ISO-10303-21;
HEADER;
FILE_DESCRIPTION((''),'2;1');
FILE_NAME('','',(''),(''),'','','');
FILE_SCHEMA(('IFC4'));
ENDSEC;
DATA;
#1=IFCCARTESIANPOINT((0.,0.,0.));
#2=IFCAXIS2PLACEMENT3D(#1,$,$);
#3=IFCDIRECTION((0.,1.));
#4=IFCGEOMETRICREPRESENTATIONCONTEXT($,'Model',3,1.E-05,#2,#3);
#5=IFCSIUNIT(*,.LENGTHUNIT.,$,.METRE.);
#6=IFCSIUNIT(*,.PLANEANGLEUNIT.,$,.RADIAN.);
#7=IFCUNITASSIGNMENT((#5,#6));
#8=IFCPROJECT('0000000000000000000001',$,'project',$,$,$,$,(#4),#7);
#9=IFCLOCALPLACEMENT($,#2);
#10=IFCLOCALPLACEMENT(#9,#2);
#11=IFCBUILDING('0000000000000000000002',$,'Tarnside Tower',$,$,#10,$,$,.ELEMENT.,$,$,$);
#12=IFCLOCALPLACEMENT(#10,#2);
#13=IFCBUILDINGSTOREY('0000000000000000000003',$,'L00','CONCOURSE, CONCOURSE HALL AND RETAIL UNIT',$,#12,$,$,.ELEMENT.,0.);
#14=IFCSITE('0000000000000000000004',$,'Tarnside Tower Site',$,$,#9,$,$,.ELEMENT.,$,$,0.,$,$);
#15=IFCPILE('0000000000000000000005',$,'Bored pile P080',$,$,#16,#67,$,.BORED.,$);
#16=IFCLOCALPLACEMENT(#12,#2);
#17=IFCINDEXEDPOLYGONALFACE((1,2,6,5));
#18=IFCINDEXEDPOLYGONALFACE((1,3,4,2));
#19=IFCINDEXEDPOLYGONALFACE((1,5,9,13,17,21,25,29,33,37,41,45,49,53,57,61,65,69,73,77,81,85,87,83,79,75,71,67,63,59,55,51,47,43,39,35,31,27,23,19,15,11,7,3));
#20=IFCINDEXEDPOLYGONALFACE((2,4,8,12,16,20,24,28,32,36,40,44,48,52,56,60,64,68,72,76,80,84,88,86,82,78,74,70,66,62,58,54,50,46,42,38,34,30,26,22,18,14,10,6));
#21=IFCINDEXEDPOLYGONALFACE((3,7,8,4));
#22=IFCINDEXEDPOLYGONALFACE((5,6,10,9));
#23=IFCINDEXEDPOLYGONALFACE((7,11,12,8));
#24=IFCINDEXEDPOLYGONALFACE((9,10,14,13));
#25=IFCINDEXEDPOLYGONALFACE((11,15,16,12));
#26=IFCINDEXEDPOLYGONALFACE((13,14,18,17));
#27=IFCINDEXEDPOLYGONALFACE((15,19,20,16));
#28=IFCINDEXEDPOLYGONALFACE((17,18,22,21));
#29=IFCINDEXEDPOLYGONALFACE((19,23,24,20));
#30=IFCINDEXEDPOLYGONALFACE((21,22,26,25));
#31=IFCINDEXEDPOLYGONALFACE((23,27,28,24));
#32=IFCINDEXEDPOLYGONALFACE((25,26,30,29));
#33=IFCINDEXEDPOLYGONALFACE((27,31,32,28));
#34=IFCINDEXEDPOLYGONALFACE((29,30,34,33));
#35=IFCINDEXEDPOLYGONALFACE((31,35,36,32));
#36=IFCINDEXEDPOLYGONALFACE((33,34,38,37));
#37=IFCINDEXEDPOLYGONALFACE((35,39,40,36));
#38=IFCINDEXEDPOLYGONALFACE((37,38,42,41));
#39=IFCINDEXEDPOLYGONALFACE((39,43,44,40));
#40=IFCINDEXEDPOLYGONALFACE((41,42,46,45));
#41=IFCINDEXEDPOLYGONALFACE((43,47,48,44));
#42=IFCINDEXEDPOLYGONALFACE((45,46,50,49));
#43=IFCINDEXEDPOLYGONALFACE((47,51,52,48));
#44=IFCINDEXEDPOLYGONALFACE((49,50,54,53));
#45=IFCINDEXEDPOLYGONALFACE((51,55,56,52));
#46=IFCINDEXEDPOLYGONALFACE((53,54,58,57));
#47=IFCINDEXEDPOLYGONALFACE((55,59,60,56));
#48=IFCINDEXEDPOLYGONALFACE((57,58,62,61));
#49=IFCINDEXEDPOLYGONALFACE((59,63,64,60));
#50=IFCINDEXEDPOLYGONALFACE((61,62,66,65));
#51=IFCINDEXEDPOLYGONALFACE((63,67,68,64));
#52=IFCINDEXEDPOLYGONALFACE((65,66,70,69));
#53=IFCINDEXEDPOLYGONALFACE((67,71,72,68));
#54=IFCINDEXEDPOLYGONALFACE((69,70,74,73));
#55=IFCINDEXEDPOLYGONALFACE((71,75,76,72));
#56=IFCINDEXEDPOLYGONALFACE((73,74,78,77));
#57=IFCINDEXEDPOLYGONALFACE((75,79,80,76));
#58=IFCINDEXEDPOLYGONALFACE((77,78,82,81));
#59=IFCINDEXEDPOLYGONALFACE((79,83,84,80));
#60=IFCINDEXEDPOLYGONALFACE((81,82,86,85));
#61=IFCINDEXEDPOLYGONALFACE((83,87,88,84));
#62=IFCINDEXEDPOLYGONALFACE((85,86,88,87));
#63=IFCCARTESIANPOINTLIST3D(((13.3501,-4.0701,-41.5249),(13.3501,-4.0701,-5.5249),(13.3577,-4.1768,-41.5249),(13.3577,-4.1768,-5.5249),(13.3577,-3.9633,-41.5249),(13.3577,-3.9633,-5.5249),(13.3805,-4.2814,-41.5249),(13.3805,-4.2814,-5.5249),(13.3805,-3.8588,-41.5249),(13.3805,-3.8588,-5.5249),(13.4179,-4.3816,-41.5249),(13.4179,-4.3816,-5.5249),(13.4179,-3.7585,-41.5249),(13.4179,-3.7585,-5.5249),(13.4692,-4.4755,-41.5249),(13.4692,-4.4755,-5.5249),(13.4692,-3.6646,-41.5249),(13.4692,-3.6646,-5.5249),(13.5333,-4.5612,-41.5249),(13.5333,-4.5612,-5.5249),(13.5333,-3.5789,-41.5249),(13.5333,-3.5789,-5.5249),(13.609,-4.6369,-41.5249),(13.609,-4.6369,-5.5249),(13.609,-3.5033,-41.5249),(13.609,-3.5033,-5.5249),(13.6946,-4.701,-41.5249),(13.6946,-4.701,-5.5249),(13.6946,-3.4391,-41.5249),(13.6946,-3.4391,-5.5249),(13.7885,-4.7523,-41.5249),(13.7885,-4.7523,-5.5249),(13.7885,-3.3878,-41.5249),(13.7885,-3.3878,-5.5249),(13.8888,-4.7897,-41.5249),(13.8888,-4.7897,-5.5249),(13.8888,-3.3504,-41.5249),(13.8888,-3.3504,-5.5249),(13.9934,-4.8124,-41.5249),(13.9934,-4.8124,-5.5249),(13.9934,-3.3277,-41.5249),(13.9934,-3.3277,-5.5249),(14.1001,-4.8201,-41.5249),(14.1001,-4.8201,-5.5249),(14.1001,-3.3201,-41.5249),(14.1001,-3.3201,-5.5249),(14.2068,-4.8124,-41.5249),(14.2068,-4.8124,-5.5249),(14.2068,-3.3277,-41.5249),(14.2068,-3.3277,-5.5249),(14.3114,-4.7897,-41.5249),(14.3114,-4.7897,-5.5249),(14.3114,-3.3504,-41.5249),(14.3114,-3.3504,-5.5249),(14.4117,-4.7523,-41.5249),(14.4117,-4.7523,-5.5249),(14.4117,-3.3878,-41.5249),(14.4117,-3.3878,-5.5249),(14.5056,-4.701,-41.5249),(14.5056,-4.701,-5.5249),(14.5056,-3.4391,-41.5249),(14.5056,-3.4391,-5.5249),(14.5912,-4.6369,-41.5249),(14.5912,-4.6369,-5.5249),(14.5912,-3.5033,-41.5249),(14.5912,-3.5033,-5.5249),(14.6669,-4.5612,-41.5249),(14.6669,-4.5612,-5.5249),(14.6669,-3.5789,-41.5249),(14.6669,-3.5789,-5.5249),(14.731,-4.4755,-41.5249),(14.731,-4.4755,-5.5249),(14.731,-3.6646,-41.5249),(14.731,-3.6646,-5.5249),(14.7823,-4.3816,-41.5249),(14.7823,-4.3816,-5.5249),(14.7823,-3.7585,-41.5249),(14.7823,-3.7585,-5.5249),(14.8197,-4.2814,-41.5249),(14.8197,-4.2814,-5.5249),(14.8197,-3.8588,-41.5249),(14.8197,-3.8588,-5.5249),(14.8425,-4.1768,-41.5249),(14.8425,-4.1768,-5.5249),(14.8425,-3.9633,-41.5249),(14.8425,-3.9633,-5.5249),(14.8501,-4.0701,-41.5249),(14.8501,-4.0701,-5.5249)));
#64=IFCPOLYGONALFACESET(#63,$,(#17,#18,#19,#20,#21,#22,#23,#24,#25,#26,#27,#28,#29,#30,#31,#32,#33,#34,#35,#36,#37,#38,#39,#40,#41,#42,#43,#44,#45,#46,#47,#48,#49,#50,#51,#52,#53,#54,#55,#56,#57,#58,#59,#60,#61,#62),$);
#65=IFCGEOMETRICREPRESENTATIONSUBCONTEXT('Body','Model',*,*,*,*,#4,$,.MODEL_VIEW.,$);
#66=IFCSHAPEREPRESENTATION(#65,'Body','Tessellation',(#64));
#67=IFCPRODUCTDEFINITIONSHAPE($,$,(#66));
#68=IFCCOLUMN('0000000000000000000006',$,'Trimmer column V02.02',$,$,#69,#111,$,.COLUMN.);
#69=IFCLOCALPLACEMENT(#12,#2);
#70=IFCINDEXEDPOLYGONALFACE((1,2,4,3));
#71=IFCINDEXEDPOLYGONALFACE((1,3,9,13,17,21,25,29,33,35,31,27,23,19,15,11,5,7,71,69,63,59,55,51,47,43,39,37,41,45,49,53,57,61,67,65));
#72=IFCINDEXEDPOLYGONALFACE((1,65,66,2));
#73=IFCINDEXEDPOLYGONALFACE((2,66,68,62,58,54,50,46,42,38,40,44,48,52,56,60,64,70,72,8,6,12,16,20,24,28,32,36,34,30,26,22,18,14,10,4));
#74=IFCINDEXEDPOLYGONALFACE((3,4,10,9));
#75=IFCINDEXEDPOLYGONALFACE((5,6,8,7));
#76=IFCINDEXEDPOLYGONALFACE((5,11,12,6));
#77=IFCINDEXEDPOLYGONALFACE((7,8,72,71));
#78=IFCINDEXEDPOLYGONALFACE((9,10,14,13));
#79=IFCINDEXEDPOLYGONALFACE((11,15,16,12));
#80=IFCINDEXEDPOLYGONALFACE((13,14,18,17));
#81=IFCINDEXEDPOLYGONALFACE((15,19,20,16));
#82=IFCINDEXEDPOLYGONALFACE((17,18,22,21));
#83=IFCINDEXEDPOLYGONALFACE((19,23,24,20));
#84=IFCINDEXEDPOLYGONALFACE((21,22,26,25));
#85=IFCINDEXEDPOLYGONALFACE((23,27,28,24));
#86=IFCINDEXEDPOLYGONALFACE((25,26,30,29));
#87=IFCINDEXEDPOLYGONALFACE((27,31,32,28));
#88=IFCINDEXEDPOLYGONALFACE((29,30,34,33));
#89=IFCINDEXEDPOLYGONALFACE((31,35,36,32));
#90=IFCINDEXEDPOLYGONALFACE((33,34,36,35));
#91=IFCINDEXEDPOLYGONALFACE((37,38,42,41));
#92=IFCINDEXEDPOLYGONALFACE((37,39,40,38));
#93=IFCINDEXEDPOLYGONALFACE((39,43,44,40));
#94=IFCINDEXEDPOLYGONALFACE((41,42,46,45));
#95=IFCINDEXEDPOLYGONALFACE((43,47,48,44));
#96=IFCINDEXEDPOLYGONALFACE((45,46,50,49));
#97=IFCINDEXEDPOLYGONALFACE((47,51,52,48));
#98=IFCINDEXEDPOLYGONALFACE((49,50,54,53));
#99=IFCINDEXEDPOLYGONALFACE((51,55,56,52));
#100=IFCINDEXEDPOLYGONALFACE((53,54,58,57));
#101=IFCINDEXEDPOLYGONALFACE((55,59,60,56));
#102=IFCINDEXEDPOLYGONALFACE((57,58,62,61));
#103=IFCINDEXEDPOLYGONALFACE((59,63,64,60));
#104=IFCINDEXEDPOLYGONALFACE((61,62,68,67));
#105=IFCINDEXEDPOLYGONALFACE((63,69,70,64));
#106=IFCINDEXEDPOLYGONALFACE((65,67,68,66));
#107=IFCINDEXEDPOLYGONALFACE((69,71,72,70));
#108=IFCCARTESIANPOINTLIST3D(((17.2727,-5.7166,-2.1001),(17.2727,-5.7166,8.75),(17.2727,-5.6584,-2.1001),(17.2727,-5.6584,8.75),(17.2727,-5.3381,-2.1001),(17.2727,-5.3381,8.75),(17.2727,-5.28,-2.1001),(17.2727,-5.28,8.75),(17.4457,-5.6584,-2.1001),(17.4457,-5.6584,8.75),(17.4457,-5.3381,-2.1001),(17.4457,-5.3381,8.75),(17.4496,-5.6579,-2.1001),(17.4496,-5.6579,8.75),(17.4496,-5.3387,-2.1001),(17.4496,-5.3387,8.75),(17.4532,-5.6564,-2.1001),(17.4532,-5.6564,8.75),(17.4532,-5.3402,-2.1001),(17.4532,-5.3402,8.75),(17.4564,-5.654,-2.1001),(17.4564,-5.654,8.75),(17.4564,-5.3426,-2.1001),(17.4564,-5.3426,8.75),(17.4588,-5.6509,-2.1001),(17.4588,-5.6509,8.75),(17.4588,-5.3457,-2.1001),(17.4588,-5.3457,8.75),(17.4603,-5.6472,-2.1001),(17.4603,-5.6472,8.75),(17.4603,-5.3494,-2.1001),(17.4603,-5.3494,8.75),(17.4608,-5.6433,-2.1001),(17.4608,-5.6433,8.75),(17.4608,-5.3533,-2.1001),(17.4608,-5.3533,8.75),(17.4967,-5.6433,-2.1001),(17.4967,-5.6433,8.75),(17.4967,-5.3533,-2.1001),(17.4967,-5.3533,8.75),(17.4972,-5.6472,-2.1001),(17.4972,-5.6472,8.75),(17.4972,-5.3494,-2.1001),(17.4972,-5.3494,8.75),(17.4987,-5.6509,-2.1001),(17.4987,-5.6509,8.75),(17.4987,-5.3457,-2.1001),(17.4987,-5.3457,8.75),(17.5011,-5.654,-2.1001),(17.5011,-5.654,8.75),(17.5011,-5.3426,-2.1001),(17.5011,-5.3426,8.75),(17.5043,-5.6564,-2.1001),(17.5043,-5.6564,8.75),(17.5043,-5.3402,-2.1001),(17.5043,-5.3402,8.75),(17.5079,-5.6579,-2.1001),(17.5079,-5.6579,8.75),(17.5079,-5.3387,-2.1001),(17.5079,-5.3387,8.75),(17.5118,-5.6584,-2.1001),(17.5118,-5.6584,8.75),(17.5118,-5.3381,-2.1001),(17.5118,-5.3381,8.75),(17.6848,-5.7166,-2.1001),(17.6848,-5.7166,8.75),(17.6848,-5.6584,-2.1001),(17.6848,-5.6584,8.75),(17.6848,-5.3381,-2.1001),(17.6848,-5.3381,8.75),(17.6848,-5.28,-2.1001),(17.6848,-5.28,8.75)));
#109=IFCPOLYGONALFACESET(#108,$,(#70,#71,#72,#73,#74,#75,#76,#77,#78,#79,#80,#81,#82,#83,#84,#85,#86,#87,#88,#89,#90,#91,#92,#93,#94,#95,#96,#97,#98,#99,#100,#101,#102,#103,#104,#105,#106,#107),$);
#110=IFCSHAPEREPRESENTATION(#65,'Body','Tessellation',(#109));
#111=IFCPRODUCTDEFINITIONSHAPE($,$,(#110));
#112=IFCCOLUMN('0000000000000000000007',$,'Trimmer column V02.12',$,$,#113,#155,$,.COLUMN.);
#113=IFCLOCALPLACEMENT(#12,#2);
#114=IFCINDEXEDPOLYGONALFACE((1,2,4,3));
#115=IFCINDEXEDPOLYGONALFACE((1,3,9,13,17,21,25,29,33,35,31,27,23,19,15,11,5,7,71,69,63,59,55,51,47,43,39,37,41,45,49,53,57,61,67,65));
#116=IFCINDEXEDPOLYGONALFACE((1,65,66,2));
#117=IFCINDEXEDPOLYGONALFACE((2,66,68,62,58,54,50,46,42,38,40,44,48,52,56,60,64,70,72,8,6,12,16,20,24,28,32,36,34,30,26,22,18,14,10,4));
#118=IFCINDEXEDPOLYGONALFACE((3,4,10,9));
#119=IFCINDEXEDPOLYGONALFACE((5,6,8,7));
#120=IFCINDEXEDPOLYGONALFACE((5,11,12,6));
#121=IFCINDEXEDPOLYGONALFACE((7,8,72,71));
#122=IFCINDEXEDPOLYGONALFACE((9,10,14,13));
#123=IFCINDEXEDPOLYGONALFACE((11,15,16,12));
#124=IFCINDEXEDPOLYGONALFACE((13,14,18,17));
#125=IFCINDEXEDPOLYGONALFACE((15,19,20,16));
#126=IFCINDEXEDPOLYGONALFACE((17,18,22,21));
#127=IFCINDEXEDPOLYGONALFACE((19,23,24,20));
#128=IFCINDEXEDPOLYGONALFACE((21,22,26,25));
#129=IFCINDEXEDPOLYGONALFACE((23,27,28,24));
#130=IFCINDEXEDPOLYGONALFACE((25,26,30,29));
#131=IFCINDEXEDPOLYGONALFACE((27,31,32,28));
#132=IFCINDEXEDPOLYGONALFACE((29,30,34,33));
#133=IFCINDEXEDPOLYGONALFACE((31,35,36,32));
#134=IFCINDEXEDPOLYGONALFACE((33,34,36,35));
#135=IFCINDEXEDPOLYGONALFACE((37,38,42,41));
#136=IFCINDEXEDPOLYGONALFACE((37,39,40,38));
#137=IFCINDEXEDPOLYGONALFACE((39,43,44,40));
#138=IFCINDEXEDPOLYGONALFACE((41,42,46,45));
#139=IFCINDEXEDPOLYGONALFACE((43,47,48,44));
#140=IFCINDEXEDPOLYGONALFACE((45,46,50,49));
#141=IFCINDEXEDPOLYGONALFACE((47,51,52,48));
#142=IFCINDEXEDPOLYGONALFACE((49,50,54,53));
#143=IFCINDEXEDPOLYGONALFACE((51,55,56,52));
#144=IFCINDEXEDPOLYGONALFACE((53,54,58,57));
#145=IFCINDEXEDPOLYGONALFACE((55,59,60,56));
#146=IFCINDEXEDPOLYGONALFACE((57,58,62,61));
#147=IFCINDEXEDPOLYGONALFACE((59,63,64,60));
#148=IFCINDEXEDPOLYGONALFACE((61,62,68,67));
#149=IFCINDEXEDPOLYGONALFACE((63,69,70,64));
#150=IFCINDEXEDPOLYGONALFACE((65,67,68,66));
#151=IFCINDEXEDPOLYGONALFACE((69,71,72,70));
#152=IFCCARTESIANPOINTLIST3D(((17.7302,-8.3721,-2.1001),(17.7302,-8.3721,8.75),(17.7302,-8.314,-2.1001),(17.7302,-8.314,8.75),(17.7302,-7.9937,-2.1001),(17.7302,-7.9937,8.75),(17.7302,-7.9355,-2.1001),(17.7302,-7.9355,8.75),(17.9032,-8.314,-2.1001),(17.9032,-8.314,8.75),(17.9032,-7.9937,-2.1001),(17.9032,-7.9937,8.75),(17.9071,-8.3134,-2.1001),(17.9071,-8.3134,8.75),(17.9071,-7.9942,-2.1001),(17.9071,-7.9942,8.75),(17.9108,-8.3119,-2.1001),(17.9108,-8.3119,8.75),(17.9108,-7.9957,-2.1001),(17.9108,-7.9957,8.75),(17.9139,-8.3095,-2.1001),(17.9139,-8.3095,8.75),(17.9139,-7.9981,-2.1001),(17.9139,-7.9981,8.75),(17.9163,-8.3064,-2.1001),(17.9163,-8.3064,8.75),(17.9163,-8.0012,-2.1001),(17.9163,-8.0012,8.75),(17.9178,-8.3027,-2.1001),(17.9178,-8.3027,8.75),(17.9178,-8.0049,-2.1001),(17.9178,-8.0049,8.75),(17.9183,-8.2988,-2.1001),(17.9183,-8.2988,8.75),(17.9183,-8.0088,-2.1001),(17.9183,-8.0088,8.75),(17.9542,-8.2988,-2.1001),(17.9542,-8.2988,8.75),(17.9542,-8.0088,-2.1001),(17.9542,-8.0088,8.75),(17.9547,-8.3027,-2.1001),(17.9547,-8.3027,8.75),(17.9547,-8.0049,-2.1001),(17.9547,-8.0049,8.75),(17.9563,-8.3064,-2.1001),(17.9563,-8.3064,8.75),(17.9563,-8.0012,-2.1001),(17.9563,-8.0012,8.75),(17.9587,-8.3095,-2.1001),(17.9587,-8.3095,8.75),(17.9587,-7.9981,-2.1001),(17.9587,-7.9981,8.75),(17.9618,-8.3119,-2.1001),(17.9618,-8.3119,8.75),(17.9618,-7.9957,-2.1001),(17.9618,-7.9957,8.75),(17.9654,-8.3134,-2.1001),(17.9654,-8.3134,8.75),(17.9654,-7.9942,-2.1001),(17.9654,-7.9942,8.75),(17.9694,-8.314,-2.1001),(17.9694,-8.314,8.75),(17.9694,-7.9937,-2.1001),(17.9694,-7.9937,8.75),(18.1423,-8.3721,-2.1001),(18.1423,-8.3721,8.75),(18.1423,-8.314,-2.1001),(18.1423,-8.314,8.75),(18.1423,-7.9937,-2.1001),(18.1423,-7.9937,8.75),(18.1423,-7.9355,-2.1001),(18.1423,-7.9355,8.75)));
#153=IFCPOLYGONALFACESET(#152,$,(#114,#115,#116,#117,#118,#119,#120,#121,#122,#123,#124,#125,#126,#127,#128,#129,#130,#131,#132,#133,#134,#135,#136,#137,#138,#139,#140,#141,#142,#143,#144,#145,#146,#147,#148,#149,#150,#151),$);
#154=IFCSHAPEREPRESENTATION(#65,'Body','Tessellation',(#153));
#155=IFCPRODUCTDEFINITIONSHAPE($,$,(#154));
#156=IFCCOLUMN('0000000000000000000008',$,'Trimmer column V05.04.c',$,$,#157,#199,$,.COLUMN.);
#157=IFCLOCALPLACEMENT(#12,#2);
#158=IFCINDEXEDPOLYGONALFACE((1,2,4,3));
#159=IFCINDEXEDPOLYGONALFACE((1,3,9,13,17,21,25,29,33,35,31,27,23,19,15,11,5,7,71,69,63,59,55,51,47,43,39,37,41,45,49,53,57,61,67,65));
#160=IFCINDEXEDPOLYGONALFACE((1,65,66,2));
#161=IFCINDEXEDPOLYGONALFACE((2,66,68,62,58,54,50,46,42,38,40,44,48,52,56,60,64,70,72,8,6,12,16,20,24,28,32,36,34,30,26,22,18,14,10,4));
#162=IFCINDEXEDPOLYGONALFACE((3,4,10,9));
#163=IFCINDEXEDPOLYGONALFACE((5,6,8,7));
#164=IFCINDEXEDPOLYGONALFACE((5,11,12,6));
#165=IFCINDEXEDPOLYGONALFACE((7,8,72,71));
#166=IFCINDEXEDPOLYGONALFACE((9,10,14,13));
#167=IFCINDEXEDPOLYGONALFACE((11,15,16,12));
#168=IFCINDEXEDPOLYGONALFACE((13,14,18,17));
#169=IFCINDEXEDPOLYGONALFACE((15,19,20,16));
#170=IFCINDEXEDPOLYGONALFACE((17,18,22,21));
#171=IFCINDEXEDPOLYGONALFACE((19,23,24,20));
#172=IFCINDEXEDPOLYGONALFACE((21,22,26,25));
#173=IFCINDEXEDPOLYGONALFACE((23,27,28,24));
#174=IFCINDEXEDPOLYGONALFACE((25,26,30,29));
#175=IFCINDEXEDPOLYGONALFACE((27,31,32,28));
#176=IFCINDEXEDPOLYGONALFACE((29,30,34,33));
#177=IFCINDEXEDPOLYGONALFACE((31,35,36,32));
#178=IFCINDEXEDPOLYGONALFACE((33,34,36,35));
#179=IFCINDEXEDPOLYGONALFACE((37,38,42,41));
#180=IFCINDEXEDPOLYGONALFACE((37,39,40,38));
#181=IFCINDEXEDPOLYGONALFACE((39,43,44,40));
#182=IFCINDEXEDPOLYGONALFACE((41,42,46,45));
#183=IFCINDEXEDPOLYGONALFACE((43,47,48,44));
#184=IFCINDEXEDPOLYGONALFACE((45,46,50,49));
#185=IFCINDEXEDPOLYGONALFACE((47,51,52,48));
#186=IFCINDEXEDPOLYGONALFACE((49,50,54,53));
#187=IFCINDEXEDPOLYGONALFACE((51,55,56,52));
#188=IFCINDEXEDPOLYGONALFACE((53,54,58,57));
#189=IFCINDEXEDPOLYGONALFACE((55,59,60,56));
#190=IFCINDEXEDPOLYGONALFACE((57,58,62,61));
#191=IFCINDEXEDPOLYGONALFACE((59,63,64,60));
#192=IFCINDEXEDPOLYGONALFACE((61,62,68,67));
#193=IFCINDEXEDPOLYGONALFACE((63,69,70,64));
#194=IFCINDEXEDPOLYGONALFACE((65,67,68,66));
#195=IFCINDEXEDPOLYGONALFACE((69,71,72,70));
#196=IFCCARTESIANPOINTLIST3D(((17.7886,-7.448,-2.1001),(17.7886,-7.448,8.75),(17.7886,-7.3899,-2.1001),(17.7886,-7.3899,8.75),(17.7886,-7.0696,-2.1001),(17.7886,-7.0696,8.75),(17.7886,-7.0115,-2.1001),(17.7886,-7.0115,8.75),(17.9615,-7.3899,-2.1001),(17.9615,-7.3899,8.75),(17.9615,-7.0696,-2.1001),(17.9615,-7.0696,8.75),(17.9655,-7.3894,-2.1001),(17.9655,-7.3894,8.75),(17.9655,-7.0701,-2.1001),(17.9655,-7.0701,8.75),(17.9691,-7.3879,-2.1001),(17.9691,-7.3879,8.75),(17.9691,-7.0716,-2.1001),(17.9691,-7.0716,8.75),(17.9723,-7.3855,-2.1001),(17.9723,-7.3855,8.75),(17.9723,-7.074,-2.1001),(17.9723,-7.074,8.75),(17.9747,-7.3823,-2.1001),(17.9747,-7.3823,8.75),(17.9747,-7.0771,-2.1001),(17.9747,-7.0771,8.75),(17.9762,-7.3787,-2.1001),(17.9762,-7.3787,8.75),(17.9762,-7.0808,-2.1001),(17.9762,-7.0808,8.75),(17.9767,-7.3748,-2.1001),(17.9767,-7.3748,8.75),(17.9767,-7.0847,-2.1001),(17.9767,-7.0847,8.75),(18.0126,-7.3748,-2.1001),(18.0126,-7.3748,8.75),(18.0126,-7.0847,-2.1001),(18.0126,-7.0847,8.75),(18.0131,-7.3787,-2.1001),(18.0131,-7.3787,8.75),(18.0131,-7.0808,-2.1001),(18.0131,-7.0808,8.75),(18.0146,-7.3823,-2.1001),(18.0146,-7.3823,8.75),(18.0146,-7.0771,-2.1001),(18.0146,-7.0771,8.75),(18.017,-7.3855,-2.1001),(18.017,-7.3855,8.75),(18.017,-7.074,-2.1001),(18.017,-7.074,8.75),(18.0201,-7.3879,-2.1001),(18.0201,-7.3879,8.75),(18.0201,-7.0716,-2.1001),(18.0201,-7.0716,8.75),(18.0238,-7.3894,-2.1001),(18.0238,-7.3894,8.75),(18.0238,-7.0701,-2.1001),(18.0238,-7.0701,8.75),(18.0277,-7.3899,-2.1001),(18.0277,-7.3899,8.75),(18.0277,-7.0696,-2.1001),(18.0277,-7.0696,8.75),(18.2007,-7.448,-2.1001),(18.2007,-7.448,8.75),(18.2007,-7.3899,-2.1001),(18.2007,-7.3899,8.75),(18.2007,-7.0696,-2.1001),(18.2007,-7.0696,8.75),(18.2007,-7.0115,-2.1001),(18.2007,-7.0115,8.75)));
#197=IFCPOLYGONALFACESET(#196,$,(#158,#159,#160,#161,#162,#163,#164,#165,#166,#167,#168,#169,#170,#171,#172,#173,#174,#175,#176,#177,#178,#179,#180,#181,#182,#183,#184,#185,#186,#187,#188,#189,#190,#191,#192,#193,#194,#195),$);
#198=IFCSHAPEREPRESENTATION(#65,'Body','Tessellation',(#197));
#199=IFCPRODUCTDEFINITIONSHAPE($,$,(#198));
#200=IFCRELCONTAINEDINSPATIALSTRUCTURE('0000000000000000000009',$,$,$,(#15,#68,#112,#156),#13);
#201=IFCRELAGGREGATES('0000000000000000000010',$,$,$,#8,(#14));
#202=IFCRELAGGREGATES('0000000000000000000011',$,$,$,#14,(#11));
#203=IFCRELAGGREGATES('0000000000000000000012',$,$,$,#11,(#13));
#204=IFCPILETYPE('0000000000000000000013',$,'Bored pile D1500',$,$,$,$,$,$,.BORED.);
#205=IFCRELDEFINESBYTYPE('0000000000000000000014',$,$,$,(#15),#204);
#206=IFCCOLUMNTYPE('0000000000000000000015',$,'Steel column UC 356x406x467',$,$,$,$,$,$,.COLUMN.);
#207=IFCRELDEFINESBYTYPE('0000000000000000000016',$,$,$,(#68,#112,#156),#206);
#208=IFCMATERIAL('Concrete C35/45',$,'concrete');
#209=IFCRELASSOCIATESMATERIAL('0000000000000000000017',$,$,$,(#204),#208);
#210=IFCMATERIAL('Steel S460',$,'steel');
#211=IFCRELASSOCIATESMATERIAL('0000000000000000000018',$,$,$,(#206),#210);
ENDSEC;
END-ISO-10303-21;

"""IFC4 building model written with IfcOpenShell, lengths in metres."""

from ifc_helpers import new_model, si_unit, direction, frame, origin, origin_2d, place, context, subcontext, project, spatial, circle, i_section, extrude, material, material_profile, profile_set, type_object, element, save


model = new_model("IFC4")

# Units and contexts
model_context = context("Model", 3, precision=1e-05, world=origin(), true_north=direction((0.0, 1.0)))
body_context = subcontext(model_context, "Body", "Model", "MODEL_VIEW")
ifc_project = project(units=[si_unit("LENGTHUNIT", "METRE"), si_unit("PLANEANGLEUNIT", "RADIAN")], contexts=[model_context])

# Site, building, storey
site_placement = place(None, origin())
site = spatial("IfcSite", under=ifc_project, at=site_placement, Name="Tarnside Tower Site", CompositionType="ELEMENT", RefElevation=0.0)
building_placement = place(site_placement, origin())
building = spatial("IfcBuilding", under=site, at=building_placement, Name="Tarnside Tower", CompositionType="ELEMENT")
storey_placement = place(building_placement, origin())
storey = spatial("IfcBuildingStorey", under=building, at=storey_placement, Name="L00", Description="CONCOURSE, CONCOURSE HALL AND RETAIL UNIT", CompositionType="ELEMENT", Elevation=0.0)

# Pile
ifc_material_1 = material(Name="Concrete C35/45", Category="concrete")
ifc_material_profile_1 = material_profile(ifc_material_1, circle(Radius=0.75, at=origin_2d()), Name="Bored pile D1500")
ifc_profile_set_1 = profile_set([ifc_material_profile_1], Name="Concrete C35/45")
pile_type = type_object("IfcPileType", Name="Bored pile D1500", PredefinedType="BORED", material=ifc_profile_set_1)
for number, where, z_axis, x_axis, name in (
    (1, (14.1001, -4.0701, -5.5249), (0.0, 0.0, -1.0), (1.0, 0.0, 0.0), "Bored pile P080"),
):
    element("IfcPile", number, at=place(storey_placement, frame(where, z_axis=z_axis, x_axis=x_axis)), inside=storey, type_object=pile_type, Name=name, PredefinedType="BORED", context=body_context, shape_type="SweptSolid", body=[
        extrude(circle(Radius=0.75, at=origin_2d()), origin(), (0.0, 0.0, 1.0), 36.0),
    ])

# Columns
ifc_material_2 = material(Name="Steel S460", Category="steel")
ifc_material_profile_2 = material_profile(ifc_material_2, i_section(OverallWidth=0.4121, OverallDepth=0.4365, WebThickness=0.0359, FlangeThickness=0.0581, FilletRadius=0.0151, at=origin_2d()), Name="UC 356x406x467")
ifc_profile_set_2 = profile_set([ifc_material_profile_2], Name="Steel S460")
column_type = type_object("IfcColumnType", Name="Steel column UC 356x406x467", PredefinedType="COLUMN", material=ifc_profile_set_2)
for number, where, z_axis, x_axis, name in (
    (2, (17.4788, -5.4983, -2.1001), (0.0, 0.0, 1.0), (1.0, 0.0, 0.0), "Trimmer column V02.02"),
    (3, (17.9363, -8.1538, -2.1001), (0.0, 0.0, 1.0), (1.0, 0.0, 0.0), "Trimmer column V02.12"),
    (4, (17.9946, -7.2297, -2.1001), (0.0, 0.0, 1.0), (1.0, 0.0, 0.0), "Trimmer column V05.04.c"),
):
    element("IfcColumn", number, at=place(storey_placement, frame(where, z_axis=z_axis, x_axis=x_axis)), inside=storey, type_object=column_type, Name=name, PredefinedType="COLUMN", context=body_context, shape_type="SweptSolid", body=[
        extrude(i_section(OverallWidth=0.4121, OverallDepth=0.4365, WebThickness=0.0359, FlangeThickness=0.0581, FilletRadius=0.0151, at=origin_2d()), origin(), (0.0, 0.0, 1.0), 10.8501),
    ])

save(model, "model.ifc")
